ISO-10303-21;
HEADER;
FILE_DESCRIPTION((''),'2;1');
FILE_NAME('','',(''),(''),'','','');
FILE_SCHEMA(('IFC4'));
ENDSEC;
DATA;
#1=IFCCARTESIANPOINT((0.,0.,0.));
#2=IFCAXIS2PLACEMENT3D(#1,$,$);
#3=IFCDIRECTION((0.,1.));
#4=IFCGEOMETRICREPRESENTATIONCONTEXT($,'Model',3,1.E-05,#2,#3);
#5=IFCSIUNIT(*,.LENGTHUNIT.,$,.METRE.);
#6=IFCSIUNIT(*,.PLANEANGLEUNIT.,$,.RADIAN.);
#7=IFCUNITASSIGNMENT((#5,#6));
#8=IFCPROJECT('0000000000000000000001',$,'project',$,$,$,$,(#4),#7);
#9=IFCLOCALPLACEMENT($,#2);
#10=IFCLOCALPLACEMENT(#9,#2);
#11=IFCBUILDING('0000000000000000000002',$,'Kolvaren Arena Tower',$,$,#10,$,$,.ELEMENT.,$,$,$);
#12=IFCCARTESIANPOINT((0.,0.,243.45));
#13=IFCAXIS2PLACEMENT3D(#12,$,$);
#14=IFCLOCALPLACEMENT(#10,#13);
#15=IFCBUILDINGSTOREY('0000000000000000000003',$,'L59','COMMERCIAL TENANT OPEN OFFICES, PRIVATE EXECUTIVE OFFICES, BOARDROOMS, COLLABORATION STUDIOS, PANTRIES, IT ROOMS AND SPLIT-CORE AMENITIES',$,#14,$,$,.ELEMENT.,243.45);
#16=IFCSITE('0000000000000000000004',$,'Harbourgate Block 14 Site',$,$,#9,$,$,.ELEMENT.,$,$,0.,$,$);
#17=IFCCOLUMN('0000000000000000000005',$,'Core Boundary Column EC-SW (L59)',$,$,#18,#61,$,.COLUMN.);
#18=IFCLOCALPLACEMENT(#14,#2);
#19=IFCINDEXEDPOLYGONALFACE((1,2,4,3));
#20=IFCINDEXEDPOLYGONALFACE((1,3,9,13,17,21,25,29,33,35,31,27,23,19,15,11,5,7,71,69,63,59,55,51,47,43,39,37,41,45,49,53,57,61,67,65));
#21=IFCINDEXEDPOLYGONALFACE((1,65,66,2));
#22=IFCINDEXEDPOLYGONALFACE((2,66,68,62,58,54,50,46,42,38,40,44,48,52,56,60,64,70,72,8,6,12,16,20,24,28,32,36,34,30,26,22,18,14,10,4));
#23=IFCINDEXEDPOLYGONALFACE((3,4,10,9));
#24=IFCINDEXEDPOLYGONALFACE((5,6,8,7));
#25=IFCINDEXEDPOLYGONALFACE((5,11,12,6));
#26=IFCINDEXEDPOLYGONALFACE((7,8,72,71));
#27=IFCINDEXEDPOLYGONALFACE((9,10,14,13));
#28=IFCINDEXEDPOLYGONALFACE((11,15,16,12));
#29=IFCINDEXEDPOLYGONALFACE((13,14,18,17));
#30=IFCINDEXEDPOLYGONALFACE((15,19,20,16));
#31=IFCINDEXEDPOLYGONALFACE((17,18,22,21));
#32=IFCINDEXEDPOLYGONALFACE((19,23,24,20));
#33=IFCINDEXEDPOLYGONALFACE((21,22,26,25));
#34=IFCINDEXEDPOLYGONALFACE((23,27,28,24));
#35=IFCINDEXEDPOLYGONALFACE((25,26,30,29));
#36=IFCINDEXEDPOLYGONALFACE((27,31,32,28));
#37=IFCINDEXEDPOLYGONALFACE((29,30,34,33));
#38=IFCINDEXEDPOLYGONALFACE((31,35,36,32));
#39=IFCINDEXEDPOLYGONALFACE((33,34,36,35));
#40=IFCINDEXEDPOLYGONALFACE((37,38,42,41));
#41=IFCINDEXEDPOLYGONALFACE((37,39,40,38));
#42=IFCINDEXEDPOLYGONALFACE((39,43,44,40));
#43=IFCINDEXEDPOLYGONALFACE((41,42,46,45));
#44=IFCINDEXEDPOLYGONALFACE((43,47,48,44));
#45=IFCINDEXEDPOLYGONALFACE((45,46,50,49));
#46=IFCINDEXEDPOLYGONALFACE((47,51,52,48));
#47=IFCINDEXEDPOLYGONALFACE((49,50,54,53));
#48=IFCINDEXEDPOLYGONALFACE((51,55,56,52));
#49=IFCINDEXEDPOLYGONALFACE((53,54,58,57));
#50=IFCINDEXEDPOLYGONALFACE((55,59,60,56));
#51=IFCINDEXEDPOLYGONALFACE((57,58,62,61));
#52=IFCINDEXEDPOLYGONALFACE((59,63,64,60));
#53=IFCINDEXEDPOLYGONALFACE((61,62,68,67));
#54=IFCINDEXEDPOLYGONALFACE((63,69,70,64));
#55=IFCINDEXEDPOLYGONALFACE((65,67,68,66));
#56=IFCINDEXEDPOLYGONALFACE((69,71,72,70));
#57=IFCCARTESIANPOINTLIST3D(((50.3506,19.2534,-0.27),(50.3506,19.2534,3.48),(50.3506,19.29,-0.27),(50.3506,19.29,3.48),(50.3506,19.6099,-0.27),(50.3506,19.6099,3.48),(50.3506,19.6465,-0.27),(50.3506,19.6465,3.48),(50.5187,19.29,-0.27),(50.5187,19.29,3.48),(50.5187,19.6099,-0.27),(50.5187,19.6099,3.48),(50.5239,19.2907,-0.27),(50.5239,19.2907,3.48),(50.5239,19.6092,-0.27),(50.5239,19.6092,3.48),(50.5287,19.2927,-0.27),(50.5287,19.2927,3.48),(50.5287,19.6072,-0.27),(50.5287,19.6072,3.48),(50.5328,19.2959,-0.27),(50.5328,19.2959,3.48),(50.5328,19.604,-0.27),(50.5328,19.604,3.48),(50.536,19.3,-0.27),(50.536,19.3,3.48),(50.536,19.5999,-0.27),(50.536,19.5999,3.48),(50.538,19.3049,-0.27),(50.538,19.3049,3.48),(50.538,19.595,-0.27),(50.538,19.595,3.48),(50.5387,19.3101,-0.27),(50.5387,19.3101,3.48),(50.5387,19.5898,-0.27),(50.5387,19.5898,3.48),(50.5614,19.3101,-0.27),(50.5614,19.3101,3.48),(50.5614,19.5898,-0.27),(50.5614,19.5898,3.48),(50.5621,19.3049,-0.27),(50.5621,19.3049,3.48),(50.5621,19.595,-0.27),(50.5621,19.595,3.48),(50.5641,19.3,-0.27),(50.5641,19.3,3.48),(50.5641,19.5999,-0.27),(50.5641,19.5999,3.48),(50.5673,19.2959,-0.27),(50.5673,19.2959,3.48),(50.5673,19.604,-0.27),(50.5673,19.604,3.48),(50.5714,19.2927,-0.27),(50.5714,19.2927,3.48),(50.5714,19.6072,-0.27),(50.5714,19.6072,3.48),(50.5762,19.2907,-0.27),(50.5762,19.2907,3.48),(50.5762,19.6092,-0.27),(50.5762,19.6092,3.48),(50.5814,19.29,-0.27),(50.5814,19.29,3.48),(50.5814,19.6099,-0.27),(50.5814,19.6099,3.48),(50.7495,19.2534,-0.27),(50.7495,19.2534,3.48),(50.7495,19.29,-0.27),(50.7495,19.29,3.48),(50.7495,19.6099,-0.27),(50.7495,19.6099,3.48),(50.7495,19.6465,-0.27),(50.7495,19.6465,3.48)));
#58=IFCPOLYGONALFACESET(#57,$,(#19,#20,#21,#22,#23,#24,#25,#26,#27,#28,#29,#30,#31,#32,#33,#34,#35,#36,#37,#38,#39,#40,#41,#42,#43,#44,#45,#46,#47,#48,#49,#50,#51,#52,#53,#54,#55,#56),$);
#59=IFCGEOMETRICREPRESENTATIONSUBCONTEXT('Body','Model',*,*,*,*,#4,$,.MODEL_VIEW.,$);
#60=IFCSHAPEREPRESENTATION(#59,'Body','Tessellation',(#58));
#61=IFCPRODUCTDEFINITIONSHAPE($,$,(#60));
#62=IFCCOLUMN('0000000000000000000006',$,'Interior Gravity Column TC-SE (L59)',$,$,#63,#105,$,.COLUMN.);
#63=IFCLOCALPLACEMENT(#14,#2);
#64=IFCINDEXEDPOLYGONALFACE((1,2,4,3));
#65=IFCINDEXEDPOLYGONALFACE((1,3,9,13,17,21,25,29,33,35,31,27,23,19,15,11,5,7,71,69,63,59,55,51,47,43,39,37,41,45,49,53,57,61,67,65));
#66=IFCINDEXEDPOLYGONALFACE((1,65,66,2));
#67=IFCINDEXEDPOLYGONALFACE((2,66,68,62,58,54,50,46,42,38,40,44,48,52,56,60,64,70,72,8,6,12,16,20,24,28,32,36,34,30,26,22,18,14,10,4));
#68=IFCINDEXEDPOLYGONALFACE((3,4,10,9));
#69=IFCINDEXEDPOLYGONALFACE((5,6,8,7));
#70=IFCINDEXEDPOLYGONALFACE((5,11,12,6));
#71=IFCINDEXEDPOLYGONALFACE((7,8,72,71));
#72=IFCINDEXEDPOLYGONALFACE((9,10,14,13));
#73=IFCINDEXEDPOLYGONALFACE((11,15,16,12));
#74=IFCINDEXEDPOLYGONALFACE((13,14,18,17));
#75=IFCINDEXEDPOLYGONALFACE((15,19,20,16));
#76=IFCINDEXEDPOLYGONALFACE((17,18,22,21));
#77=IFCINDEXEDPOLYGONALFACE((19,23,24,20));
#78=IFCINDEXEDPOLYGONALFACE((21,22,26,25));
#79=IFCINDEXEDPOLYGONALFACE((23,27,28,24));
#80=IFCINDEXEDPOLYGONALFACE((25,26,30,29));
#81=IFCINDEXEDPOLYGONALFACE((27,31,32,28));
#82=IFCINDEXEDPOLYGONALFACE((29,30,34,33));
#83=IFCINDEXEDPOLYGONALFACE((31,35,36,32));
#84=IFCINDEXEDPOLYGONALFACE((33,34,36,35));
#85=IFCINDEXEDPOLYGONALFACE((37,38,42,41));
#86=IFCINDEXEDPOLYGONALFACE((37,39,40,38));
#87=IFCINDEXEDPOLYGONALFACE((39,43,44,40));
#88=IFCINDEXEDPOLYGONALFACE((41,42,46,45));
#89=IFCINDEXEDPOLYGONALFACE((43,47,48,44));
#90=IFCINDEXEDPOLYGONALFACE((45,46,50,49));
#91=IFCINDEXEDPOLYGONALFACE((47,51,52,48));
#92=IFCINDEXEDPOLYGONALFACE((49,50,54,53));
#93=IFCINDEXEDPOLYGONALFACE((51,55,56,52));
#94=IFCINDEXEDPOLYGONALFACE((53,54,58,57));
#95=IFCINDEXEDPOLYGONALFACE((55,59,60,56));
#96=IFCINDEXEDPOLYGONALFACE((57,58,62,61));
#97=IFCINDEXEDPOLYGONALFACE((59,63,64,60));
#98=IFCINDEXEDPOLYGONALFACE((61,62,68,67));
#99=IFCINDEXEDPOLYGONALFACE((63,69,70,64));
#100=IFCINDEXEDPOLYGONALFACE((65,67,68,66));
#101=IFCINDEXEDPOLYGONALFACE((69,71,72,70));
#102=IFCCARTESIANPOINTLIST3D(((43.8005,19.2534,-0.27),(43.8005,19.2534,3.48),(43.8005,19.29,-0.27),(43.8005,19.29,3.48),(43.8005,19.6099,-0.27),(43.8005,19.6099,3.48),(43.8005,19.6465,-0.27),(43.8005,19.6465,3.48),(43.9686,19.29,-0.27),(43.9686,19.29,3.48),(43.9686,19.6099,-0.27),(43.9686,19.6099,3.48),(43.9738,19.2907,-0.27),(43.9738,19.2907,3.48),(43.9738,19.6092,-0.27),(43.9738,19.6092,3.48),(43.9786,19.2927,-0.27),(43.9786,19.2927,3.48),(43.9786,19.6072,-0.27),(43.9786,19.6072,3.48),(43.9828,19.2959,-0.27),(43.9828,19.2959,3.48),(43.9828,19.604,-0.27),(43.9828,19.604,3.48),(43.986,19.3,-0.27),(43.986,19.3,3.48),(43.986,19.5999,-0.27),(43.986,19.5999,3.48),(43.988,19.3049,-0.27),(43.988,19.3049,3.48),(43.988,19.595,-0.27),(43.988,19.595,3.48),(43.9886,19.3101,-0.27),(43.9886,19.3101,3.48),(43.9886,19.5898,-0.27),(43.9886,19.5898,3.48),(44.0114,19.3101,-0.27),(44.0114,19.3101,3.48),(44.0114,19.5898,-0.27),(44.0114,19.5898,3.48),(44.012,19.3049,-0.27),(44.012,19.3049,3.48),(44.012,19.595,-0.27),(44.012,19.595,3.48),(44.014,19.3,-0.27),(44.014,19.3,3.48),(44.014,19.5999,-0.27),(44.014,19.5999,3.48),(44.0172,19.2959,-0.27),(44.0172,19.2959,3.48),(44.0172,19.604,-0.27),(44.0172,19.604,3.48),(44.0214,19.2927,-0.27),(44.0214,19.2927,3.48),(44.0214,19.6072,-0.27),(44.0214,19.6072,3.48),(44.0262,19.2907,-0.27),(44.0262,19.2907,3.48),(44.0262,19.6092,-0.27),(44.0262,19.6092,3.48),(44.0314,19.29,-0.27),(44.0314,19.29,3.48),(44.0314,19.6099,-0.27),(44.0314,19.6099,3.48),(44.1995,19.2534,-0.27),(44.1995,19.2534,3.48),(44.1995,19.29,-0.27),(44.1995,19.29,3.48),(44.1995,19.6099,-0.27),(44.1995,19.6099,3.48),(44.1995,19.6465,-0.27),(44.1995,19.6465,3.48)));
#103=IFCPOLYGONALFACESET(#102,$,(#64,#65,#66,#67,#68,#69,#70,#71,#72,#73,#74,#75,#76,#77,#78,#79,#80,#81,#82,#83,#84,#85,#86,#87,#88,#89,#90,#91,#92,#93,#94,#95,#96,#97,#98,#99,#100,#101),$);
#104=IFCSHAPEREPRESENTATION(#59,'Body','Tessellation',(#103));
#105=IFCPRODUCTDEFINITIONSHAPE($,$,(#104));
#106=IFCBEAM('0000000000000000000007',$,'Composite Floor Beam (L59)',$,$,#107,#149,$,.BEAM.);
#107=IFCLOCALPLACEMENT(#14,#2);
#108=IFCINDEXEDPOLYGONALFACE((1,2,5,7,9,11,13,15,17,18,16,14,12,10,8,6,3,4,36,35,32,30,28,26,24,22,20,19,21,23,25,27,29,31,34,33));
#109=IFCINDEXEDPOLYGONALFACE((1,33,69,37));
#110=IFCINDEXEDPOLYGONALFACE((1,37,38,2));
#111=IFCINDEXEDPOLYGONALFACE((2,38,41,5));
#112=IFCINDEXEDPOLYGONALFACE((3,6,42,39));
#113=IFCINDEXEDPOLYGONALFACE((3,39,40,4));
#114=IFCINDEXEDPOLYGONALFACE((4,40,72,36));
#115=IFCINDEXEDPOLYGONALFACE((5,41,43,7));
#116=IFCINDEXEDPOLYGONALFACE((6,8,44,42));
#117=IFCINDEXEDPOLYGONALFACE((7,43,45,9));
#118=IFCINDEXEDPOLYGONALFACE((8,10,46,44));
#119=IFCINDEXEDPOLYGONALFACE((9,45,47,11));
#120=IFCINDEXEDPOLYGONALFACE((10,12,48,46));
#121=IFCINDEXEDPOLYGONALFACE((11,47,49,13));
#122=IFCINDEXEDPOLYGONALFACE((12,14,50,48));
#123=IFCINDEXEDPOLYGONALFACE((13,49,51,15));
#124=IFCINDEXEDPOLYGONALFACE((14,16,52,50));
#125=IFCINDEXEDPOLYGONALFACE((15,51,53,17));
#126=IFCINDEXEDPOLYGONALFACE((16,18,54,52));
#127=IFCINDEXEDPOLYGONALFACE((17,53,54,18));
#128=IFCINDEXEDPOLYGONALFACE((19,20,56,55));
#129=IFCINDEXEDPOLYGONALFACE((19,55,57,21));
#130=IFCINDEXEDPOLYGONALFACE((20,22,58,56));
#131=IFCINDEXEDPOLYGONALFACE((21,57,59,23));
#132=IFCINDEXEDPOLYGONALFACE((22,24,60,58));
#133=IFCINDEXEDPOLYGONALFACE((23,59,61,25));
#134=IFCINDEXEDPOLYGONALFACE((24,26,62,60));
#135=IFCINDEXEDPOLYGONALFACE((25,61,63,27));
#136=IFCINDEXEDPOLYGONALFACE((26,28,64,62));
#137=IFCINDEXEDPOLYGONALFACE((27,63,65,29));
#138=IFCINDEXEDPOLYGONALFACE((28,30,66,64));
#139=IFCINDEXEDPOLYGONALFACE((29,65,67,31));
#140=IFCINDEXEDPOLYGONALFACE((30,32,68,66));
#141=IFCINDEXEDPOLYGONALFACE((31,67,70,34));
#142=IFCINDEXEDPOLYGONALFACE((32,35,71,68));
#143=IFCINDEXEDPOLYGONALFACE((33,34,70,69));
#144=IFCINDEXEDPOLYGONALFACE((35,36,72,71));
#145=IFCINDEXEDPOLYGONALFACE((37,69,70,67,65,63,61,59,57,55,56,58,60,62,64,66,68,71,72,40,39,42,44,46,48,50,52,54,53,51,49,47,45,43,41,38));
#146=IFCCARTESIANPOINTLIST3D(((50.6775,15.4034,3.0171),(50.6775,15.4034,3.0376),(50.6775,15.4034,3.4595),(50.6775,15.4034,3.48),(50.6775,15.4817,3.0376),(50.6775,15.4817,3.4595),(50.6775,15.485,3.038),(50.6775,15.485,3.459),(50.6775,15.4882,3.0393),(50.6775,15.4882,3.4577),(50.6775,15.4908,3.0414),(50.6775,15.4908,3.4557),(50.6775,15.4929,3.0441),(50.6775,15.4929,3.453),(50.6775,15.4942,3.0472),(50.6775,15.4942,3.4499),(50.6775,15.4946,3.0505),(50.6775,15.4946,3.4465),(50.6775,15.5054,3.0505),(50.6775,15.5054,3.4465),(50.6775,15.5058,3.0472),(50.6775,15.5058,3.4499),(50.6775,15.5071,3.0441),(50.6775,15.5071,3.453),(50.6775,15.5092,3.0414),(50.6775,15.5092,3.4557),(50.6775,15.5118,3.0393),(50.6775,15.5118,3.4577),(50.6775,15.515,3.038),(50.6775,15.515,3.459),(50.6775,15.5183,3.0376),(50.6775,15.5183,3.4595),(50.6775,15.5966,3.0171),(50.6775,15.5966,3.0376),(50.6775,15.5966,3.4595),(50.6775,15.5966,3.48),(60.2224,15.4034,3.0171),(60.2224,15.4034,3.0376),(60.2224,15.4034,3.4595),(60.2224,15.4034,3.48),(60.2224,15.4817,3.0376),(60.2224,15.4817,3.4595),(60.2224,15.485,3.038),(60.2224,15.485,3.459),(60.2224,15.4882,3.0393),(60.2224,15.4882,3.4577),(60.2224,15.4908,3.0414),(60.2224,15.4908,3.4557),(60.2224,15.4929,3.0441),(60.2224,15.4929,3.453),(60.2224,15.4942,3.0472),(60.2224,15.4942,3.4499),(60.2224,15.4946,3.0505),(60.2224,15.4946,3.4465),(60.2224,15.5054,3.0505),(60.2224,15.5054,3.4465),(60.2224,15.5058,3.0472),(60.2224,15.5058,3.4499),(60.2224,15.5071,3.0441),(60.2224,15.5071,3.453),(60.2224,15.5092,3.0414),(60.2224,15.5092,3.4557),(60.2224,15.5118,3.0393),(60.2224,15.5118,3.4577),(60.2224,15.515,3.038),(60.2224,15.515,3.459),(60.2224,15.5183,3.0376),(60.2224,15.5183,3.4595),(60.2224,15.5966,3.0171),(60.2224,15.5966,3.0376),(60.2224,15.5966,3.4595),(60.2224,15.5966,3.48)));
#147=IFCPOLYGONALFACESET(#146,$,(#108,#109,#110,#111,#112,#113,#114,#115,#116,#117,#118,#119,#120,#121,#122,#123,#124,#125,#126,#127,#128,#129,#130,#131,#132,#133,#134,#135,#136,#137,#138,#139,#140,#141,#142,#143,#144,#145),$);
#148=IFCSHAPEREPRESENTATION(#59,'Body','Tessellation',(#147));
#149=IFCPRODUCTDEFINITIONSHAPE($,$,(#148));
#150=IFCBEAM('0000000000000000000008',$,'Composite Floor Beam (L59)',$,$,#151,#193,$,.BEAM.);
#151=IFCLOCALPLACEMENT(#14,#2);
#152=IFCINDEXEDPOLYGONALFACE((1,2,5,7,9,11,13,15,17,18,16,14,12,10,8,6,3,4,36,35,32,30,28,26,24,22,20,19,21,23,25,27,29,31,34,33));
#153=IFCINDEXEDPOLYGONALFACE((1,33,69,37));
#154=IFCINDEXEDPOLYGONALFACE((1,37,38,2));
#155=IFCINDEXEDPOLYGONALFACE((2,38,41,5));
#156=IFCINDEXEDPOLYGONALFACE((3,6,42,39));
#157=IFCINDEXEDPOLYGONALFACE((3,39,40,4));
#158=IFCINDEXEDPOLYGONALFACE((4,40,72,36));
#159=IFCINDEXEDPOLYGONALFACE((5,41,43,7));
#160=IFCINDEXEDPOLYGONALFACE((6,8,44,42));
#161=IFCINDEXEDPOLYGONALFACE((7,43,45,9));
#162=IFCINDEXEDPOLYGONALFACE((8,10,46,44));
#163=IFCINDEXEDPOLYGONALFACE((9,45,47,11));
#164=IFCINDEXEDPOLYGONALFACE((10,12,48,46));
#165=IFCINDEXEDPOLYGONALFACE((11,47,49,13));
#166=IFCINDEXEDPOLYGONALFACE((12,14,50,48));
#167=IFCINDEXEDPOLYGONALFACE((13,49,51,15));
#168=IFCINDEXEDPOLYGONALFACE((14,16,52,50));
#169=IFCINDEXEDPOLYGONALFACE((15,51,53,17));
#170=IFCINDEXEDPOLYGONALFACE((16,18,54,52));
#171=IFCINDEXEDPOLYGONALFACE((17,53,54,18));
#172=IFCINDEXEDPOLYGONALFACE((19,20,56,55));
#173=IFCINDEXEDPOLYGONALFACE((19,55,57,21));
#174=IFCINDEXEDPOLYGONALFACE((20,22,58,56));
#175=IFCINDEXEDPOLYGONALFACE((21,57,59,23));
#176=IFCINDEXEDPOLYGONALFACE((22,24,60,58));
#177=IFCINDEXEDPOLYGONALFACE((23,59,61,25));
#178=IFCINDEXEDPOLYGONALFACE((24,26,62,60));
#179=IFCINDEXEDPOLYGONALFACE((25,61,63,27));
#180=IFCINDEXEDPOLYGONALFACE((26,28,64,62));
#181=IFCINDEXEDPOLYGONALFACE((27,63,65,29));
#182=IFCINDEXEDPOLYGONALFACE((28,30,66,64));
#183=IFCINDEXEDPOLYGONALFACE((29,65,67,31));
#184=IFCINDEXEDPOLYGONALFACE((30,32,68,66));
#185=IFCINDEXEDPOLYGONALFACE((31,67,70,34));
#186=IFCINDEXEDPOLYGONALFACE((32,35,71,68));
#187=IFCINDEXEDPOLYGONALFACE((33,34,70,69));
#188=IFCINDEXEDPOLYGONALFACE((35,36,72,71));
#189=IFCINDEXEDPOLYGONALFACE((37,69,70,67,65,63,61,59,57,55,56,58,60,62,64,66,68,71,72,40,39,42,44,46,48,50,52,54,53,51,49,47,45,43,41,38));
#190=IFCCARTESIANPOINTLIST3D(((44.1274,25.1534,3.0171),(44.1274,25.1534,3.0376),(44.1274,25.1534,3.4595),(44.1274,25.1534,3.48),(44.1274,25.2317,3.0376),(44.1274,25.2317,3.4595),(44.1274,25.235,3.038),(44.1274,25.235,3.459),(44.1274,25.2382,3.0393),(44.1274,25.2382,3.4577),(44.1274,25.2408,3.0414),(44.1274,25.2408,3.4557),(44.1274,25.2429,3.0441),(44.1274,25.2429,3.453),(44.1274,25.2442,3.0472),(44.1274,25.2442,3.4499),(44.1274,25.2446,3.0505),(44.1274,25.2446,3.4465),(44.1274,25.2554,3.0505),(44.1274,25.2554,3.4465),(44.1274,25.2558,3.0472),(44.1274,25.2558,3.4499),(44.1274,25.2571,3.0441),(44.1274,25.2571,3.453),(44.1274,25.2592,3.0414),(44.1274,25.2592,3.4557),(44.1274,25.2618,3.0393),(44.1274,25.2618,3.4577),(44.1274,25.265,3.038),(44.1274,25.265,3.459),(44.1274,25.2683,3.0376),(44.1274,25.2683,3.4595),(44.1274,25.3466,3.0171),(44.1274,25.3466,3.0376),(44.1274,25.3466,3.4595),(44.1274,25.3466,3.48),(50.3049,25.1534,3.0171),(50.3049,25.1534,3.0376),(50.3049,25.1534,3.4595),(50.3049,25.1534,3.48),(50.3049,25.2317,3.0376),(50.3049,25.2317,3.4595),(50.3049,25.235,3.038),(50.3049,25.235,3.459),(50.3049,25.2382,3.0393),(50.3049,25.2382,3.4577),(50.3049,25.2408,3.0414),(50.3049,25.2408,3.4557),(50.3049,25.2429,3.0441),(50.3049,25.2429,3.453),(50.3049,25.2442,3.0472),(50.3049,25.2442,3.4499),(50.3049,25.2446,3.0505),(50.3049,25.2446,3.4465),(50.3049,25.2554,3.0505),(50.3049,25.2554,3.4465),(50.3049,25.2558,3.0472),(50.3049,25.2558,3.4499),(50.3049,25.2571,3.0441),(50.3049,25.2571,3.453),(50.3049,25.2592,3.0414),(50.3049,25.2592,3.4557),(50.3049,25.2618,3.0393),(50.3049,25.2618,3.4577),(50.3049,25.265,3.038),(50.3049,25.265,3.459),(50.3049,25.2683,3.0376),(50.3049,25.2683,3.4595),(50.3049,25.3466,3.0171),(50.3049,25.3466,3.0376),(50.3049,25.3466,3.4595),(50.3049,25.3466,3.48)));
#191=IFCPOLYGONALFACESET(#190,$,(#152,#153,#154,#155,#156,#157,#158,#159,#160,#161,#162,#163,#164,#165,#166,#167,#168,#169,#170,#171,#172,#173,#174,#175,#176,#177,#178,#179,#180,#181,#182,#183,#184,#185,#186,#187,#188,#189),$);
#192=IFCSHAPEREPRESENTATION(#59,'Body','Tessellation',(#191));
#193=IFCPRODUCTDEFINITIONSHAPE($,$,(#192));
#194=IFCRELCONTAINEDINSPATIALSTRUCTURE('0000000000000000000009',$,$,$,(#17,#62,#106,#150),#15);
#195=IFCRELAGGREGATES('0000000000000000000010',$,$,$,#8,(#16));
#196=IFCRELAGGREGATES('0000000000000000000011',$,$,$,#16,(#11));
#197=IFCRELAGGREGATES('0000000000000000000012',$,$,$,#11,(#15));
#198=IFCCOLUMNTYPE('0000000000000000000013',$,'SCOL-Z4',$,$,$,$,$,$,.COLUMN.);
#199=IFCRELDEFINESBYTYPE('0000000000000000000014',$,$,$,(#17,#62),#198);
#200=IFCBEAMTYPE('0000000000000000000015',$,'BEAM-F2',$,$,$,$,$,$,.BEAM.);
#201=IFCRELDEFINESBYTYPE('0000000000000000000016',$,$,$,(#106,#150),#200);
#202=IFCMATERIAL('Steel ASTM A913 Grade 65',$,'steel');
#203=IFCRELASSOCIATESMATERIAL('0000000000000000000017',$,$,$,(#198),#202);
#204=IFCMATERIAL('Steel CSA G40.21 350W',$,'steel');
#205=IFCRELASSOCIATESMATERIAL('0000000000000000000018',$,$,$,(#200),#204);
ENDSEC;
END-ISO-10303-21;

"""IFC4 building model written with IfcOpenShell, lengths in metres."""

from ifc_helpers import new_model, si_unit, direction, frame, origin, origin_2d, place, context, subcontext, project, spatial, i_section, extrude, material, material_profile, profile_set, type_object, element, save


model = new_model("IFC4")

# Units and contexts
model_context = context("Model", 3, precision=1e-05, world=origin(), true_north=direction((0.0, 1.0)))
body_context = subcontext(model_context, "Body", "Model", "MODEL_VIEW")
ifc_project = project(units=[si_unit("LENGTHUNIT", "METRE"), si_unit("PLANEANGLEUNIT", "RADIAN")], contexts=[model_context])

# Site, building, storey
site_placement = place(None, origin())
site = spatial("IfcSite", under=ifc_project, at=site_placement, Name="Harbourgate Block 14 Site", CompositionType="ELEMENT", RefElevation=0.0)
building_placement = place(site_placement, origin())
building = spatial("IfcBuilding", under=site, at=building_placement, Name="Kolvaren Arena Tower", CompositionType="ELEMENT")
storey_placement = place(building_placement, frame((0.0, 0.0, 243.45)))
storey = spatial("IfcBuildingStorey", under=building, at=storey_placement, Name="L59", Description="COMMERCIAL TENANT OPEN OFFICES, PRIVATE EXECUTIVE OFFICES, BOARDROOMS, COLLABORATION STUDIOS, PANTRIES, IT ROOMS AND SPLIT-CORE AMENITIES", CompositionType="ELEMENT", Elevation=243.45)

# Columns
ifc_material_1 = material(Name="Steel ASTM A913 Grade 65", Category="steel")
ifc_material_profile_1 = material_profile(ifc_material_1, i_section(OverallWidth=0.3989, OverallDepth=0.3931, WebThickness=0.0227, FlangeThickness=0.0366, FilletRadius=0.02, at=origin_2d()), Name="W360x287")
ifc_profile_set_1 = profile_set([ifc_material_profile_1], Name="Steel ASTM A913 Grade 65")
column_type = type_object("IfcColumnType", Name="SCOL-Z4", PredefinedType="COLUMN", material=ifc_profile_set_1)
for number, where, z_axis, x_axis, name in (
    (1, (50.55, 19.45, -0.27), (0.0, 0.0, 1.0), (1.0, 0.0, 0.0), "Core Boundary Column EC-SW (L59)"),
    (2, (44.0, 19.45, -0.27), (0.0, 0.0, 1.0), (1.0, 0.0, 0.0), "Interior Gravity Column TC-SE (L59)"),
):
    element("IfcColumn", number, at=place(storey_placement, frame(where, z_axis=z_axis, x_axis=x_axis)), inside=storey, type_object=column_type, Name=name, PredefinedType="COLUMN", context=body_context, shape_type="SweptSolid", body=[
        extrude(i_section(OverallWidth=0.3989, OverallDepth=0.3931, WebThickness=0.0227, FlangeThickness=0.0366, FilletRadius=0.02, at=origin_2d()), origin(), (0.0, 0.0, 1.0), 3.75),
    ])

# Beams
ifc_material_2 = material(Name="Steel CSA G40.21 350W", Category="steel")
ifc_material_profile_2 = material_profile(ifc_material_2, i_section(OverallWidth=0.1931, OverallDepth=0.4629, WebThickness=0.0107, FlangeThickness=0.0205, FilletRadius=0.0129, at=origin_2d()), Name="W460x113")
ifc_profile_set_2 = profile_set([ifc_material_profile_2], Name="Steel CSA G40.21 350W")
beam_type_1 = type_object("IfcBeamType", Name="BEAM-F2", PredefinedType="BEAM", material=ifc_profile_set_2)
beam_1_placement = place(storey_placement, frame((50.6775, 15.5, 3.2485), z_axis=(1.0, 0.0, 0.0), x_axis=(0.0, 1.0, 0.0)))
element("IfcBeam", 3, at=beam_1_placement, inside=storey, type_object=beam_type_1, Name="Composite Floor Beam (L59)", PredefinedType="BEAM", context=body_context, shape_type="SweptSolid", body=[
    extrude(i_section(OverallWidth=0.1931, OverallDepth=0.4629, WebThickness=0.0107, FlangeThickness=0.0205, FilletRadius=0.0129, at=origin_2d()), origin(), (0.0, 0.0, 1.0), 9.5449),
])
beam_2_placement = place(storey_placement, frame((44.1274, 25.25, 3.2485), z_axis=(1.0, 0.0, 0.0), x_axis=(0.0, 1.0, 0.0)))
element("IfcBeam", 4, at=beam_2_placement, inside=storey, type_object=beam_type_1, Name="Composite Floor Beam (L59)", PredefinedType="BEAM", context=body_context, shape_type="SweptSolid", body=[
    extrude(i_section(OverallWidth=0.1931, OverallDepth=0.4629, WebThickness=0.0107, FlangeThickness=0.0205, FilletRadius=0.0129, at=origin_2d()), origin(), (0.0, 0.0, 1.0), 6.1775),
])

save(model, "model.ifc")
